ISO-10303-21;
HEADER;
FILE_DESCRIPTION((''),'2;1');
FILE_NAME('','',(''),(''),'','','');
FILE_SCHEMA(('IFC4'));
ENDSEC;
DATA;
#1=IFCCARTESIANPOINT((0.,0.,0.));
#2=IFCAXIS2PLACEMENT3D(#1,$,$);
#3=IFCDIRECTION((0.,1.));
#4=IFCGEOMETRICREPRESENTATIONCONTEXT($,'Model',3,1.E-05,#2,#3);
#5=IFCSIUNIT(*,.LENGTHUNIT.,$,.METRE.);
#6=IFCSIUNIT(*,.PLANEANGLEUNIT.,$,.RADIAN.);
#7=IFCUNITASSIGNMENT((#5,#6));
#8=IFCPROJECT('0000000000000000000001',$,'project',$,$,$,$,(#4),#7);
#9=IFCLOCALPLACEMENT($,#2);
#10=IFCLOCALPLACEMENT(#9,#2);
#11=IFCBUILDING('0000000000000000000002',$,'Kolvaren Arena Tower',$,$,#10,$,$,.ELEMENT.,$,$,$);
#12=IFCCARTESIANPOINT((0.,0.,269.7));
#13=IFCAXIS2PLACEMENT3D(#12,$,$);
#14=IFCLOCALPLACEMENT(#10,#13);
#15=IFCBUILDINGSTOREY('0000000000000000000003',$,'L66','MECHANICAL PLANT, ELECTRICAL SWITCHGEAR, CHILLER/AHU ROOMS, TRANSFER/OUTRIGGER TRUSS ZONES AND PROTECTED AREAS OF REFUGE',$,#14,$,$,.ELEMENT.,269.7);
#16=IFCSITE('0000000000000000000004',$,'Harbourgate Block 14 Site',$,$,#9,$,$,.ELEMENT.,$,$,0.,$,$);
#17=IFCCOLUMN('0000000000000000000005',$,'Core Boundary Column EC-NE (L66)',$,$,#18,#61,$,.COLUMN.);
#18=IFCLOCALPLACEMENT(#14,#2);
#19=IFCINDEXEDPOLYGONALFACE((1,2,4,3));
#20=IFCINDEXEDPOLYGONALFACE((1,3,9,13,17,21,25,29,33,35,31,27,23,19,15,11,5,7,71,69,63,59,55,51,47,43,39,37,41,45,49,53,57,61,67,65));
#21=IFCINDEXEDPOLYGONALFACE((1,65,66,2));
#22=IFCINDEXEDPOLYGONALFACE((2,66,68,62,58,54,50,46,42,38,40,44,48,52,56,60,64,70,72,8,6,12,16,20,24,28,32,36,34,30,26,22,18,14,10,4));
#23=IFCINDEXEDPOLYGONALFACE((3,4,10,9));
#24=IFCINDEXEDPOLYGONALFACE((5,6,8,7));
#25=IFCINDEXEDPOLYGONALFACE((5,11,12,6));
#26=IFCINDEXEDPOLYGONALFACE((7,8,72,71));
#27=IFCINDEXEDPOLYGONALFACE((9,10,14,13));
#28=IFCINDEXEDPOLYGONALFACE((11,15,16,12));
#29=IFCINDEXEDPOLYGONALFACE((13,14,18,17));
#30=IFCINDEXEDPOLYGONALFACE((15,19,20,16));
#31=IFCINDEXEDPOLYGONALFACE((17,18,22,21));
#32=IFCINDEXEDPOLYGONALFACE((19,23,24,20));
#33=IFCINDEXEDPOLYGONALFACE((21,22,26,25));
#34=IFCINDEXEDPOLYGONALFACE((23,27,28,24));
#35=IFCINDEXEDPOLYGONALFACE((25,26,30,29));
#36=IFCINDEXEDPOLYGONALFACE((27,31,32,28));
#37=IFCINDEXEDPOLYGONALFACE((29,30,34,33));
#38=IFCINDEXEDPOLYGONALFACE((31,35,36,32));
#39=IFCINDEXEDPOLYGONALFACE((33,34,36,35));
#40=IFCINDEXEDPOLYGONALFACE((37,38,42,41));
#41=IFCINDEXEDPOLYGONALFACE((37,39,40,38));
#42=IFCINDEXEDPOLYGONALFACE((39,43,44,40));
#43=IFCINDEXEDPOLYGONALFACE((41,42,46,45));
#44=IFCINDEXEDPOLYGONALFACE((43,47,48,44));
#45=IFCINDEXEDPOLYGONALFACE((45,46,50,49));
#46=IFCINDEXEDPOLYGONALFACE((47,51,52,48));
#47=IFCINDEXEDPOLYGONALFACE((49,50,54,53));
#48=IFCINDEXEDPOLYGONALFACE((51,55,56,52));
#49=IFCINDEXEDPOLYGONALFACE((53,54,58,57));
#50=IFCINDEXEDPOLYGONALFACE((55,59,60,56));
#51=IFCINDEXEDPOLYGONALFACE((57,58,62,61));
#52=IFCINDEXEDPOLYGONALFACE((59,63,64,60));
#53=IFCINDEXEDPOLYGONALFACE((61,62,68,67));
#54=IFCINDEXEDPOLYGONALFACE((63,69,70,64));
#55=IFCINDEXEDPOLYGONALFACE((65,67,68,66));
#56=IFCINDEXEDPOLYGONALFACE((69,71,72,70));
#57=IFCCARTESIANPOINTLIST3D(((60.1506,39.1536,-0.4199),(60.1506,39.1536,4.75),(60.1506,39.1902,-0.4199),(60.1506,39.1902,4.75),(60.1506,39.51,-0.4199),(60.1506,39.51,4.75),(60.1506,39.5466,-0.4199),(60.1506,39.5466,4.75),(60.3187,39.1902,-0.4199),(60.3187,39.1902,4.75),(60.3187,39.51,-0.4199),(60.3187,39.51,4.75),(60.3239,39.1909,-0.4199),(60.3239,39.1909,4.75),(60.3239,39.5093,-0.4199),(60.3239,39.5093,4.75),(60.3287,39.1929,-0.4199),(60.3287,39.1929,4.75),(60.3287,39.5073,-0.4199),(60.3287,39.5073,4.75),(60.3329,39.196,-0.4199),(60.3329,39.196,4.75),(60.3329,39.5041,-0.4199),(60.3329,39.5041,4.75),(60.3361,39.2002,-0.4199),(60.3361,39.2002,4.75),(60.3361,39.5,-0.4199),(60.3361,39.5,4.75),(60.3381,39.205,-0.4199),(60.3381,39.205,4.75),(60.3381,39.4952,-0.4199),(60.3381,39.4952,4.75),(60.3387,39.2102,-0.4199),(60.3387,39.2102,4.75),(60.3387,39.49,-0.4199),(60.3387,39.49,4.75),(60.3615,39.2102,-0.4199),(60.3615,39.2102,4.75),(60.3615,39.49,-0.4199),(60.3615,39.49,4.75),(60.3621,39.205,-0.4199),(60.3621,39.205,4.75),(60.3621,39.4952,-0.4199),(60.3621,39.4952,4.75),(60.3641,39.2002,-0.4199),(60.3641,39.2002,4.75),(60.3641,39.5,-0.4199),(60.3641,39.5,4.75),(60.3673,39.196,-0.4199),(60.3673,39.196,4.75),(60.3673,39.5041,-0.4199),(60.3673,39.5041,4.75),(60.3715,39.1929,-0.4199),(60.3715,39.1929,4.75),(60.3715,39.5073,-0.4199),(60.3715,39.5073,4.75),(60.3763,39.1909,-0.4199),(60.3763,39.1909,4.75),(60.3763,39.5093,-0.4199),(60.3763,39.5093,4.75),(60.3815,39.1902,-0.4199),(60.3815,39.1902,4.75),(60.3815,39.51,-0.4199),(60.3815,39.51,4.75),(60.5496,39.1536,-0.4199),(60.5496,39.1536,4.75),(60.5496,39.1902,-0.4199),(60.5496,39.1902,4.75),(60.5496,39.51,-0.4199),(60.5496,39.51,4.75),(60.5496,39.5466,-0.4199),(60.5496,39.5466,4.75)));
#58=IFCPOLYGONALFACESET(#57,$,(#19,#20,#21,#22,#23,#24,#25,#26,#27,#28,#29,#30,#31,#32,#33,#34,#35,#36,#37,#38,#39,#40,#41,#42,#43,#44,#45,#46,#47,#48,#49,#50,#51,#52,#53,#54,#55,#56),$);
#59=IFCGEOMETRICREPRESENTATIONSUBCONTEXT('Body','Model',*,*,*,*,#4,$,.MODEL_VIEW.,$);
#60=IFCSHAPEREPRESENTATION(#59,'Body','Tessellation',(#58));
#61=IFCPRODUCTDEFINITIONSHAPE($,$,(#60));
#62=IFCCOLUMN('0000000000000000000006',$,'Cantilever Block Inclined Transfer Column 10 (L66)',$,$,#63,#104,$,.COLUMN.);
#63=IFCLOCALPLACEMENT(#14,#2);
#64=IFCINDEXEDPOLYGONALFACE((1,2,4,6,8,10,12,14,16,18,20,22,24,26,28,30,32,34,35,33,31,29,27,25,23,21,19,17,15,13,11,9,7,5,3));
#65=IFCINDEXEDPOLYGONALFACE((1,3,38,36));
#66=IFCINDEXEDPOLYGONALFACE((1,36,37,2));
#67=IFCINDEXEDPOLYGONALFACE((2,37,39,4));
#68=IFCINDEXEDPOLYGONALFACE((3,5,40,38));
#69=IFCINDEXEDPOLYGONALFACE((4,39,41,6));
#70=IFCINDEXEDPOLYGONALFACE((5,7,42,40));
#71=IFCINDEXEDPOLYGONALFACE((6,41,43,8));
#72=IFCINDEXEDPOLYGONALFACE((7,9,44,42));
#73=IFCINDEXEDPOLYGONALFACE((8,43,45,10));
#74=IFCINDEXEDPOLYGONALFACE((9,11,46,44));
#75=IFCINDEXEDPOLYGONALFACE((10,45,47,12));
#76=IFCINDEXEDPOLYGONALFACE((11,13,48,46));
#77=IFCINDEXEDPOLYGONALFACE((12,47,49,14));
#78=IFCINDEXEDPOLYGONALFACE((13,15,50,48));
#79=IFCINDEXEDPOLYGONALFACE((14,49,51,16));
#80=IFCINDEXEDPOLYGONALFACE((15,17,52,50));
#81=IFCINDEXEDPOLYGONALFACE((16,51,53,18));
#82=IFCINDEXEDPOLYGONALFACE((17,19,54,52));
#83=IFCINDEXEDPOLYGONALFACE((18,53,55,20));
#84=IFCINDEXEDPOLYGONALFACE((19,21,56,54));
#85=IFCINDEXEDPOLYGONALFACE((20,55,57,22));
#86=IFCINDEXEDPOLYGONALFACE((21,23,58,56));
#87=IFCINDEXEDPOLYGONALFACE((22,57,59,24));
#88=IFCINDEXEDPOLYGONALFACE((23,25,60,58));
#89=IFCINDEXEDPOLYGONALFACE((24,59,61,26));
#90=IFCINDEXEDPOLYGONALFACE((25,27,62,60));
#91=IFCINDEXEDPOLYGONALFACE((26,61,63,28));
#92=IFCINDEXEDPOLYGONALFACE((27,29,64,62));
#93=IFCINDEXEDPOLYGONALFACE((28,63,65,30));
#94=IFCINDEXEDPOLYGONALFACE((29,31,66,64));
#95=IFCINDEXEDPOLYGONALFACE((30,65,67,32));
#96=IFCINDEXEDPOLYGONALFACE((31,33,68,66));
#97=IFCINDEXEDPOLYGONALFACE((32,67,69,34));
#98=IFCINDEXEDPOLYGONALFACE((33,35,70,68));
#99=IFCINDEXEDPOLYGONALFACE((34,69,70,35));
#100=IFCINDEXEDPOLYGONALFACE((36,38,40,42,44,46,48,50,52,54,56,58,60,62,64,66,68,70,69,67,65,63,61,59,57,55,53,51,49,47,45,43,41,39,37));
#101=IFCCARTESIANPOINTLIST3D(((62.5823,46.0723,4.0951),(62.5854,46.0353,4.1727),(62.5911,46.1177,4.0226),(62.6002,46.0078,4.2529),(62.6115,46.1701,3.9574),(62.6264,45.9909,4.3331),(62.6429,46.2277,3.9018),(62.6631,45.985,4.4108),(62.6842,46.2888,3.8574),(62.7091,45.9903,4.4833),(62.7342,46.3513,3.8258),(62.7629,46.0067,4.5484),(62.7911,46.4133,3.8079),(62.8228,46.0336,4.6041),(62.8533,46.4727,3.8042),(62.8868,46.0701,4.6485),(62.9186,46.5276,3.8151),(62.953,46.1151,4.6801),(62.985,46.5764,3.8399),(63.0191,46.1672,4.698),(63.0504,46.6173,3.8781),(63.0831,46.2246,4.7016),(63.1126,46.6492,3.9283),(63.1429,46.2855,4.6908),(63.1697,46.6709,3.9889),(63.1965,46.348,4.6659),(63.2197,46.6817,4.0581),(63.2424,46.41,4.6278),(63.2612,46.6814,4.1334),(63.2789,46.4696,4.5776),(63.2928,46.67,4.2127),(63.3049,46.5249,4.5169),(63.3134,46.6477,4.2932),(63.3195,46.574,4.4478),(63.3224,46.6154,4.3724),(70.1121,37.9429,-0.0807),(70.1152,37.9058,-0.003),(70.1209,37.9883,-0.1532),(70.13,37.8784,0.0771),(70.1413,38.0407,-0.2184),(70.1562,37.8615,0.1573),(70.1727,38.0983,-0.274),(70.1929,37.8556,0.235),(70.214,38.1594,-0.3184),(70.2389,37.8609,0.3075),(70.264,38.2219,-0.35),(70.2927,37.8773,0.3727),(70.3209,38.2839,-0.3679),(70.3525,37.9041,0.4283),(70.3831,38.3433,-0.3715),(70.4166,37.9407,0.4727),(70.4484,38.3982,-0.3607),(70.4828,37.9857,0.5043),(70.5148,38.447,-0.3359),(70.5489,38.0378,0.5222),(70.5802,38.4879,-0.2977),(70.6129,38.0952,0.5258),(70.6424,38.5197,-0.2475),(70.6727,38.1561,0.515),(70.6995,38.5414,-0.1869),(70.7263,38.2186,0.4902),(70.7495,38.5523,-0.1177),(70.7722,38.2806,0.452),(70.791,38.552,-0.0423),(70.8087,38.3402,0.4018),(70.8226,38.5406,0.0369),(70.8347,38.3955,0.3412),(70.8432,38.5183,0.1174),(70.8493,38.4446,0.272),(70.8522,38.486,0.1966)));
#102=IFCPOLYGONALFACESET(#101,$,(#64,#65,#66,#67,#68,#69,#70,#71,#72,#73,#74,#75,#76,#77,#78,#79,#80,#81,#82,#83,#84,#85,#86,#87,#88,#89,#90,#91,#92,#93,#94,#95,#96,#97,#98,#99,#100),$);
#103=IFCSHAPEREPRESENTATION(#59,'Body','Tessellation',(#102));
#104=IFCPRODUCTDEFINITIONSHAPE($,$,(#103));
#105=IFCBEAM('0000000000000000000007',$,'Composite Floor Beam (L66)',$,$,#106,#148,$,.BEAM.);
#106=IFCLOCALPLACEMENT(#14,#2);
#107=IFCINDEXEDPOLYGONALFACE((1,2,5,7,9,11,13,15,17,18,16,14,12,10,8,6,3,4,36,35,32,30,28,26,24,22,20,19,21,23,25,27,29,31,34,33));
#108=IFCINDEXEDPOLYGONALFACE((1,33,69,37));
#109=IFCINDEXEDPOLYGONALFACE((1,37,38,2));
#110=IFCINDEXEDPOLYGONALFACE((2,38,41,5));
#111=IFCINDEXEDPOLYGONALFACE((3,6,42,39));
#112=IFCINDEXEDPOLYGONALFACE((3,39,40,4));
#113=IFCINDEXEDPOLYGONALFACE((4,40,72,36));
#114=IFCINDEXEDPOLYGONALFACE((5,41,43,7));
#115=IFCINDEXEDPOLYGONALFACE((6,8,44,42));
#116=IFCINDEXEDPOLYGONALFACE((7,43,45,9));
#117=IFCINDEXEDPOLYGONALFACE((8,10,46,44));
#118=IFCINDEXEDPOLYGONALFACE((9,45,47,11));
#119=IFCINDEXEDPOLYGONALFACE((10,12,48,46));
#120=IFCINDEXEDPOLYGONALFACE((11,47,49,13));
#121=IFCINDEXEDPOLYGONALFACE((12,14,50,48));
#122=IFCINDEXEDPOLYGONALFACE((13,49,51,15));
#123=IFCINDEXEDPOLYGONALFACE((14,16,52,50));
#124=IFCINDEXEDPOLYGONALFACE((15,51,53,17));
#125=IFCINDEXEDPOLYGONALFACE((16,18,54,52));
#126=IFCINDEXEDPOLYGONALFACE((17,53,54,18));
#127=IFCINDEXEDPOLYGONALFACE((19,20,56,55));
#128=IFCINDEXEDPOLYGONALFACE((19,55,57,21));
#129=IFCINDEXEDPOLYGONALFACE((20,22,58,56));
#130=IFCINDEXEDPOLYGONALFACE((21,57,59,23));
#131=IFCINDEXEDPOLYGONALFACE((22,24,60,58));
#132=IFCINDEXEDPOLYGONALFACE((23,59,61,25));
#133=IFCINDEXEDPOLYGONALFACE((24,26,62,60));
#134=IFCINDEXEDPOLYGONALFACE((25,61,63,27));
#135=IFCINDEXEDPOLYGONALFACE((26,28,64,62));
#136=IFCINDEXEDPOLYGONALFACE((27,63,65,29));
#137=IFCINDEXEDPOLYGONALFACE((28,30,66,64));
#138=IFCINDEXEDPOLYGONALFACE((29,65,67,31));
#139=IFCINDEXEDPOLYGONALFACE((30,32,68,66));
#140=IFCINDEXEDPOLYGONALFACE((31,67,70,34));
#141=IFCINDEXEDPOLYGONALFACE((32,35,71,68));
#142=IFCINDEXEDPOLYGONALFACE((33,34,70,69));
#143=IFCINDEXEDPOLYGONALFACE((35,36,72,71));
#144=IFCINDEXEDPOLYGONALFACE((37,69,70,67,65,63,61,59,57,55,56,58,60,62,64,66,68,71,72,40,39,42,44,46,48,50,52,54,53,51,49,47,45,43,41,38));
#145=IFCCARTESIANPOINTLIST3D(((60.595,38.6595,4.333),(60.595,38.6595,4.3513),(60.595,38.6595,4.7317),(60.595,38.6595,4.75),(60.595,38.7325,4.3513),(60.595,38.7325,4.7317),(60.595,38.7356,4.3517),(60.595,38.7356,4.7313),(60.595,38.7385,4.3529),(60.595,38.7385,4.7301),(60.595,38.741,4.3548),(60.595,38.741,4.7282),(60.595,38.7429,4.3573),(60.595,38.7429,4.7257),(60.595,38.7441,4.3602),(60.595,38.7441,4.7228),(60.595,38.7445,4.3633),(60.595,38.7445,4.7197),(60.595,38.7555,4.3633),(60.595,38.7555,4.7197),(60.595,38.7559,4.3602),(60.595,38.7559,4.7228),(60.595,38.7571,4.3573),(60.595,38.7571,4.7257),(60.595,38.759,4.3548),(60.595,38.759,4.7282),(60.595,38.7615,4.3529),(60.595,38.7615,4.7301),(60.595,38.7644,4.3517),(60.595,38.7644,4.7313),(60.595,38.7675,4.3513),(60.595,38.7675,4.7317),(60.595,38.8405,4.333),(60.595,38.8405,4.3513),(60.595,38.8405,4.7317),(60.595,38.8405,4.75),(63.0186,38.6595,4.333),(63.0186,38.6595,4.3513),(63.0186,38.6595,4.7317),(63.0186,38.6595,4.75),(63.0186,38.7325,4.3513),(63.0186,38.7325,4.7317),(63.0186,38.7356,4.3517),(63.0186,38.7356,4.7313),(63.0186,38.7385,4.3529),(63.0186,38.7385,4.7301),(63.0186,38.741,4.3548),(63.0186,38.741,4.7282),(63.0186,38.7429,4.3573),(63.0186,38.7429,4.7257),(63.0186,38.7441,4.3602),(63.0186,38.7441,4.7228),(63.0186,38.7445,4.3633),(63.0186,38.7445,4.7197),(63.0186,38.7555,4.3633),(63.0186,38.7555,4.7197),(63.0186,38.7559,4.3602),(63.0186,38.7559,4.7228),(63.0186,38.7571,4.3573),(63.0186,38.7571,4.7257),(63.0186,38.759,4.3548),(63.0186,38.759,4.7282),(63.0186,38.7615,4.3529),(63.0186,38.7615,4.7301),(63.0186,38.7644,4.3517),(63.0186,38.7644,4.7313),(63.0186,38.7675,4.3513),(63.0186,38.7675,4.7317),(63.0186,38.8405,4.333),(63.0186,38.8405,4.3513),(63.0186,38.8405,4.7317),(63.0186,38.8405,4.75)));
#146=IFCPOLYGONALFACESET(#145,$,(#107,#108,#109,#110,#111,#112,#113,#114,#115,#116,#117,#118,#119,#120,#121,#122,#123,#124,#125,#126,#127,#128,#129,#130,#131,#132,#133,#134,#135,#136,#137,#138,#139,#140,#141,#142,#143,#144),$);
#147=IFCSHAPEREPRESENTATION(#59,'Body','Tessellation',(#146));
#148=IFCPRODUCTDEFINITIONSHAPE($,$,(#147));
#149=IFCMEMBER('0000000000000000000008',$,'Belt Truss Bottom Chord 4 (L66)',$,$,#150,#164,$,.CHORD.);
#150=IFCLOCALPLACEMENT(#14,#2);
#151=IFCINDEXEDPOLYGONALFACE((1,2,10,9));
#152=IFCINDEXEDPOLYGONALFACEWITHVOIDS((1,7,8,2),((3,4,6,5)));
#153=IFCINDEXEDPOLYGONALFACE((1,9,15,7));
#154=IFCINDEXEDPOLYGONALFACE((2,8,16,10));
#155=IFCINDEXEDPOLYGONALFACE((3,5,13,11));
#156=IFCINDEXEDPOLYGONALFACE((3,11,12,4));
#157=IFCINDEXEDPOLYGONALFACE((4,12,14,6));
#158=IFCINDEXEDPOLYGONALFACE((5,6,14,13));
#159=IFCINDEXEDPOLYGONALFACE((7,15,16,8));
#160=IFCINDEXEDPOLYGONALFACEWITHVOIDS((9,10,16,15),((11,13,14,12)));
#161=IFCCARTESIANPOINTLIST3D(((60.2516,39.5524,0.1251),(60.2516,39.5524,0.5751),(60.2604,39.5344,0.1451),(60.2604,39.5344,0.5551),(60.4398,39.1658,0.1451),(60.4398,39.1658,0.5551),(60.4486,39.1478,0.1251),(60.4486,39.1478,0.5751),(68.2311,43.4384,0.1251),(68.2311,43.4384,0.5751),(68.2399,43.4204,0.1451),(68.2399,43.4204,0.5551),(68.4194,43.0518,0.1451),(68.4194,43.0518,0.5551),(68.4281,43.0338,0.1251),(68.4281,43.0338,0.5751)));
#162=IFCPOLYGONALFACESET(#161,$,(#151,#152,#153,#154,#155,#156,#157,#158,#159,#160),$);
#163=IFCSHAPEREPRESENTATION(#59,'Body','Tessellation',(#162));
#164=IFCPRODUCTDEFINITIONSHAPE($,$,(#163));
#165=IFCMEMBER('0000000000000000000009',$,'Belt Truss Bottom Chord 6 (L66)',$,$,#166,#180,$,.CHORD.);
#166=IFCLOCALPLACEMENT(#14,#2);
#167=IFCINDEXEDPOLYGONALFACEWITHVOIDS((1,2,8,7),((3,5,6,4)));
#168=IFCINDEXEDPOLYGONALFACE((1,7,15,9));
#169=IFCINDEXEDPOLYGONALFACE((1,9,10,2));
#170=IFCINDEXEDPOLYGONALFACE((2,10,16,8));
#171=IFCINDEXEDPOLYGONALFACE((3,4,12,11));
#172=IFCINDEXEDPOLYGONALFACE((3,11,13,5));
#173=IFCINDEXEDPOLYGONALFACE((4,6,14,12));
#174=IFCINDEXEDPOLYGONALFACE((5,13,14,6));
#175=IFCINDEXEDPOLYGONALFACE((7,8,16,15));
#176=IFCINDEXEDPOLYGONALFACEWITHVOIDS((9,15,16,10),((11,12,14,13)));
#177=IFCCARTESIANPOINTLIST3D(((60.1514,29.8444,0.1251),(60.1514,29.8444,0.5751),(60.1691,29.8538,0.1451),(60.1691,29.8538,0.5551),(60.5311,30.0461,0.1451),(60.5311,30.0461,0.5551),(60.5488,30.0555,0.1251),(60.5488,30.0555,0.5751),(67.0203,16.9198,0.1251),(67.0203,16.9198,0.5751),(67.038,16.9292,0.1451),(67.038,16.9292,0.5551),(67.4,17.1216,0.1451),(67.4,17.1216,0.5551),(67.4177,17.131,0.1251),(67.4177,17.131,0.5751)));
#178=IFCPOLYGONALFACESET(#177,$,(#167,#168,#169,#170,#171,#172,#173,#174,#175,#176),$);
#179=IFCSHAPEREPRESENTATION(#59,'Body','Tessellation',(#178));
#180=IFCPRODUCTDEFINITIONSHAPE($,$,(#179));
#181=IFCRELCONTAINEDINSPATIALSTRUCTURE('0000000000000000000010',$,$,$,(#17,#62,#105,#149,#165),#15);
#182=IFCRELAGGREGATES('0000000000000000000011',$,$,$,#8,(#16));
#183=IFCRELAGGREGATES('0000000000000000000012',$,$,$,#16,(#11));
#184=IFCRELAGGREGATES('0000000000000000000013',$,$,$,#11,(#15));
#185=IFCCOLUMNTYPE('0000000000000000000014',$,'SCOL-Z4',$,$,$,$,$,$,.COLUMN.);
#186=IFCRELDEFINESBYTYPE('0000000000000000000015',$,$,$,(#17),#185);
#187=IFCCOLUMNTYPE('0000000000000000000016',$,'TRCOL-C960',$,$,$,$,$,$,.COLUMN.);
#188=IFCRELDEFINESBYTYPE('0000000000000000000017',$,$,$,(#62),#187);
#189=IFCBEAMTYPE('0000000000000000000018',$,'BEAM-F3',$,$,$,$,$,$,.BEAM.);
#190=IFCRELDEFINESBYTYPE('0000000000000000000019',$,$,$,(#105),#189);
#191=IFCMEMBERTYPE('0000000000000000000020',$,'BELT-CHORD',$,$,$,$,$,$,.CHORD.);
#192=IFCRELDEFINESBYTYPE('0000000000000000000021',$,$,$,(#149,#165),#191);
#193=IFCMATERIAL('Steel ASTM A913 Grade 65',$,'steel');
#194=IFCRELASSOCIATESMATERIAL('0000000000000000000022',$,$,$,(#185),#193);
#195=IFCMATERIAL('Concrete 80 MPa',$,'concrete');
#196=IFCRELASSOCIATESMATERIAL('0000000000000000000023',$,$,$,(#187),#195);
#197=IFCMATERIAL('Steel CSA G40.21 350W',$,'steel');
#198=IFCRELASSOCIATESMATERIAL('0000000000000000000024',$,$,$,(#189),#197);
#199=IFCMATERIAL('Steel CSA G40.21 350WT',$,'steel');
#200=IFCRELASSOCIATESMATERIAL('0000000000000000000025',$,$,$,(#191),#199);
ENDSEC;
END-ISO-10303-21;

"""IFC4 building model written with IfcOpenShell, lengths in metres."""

from ifc_helpers import new_model, si_unit, direction, frame, origin, origin_2d, place, context, subcontext, project, spatial, hollow_rectangle, circle, i_section, extrude, material, material_profile, profile_set, type_object, element, save


model = new_model("IFC4")

# Units and contexts
model_context = context("Model", 3, precision=1e-05, world=origin(), true_north=direction((0.0, 1.0)))
body_context = subcontext(model_context, "Body", "Model", "MODEL_VIEW")
ifc_project = project(units=[si_unit("LENGTHUNIT", "METRE"), si_unit("PLANEANGLEUNIT", "RADIAN")], contexts=[model_context])

# Site, building, storey
site_placement = place(None, origin())
site = spatial("IfcSite", under=ifc_project, at=site_placement, Name="Harbourgate Block 14 Site", CompositionType="ELEMENT", RefElevation=0.0)
building_placement = place(site_placement, origin())
building = spatial("IfcBuilding", under=site, at=building_placement, Name="Kolvaren Arena Tower", CompositionType="ELEMENT")
storey_placement = place(building_placement, frame((0.0, 0.0, 269.7)))
storey = spatial("IfcBuildingStorey", under=building, at=storey_placement, Name="L66", Description="MECHANICAL PLANT, ELECTRICAL SWITCHGEAR, CHILLER/AHU ROOMS, TRANSFER/OUTRIGGER TRUSS ZONES AND PROTECTED AREAS OF REFUGE", CompositionType="ELEMENT", Elevation=269.7)

# Columns
ifc_material_1 = material(Name="Steel ASTM A913 Grade 65", Category="steel")
ifc_material_profile_1 = material_profile(ifc_material_1, i_section(OverallWidth=0.3989, OverallDepth=0.3931, WebThickness=0.0227, FlangeThickness=0.0366, FilletRadius=0.02, at=origin_2d()), Name="W360x287")
ifc_profile_set_1 = profile_set([ifc_material_profile_1], Name="Steel ASTM A913 Grade 65")
column_type_1 = type_object("IfcColumnType", Name="SCOL-Z4", PredefinedType="COLUMN", material=ifc_profile_set_1)
column_1_placement = place(storey_placement, frame((60.3501, 39.3501, -0.4199), z_axis=(0.0, 0.0, 1.0), x_axis=(1.0, 0.0, 0.0)))
element("IfcColumn", 1, at=column_1_placement, inside=storey, type_object=column_type_1, Name="Core Boundary Column EC-NE (L66)", PredefinedType="COLUMN", context=body_context, shape_type="SweptSolid", body=[
    extrude(i_section(OverallWidth=0.3989, OverallDepth=0.3931, WebThickness=0.0227, FlangeThickness=0.0366, FilletRadius=0.02, at=origin_2d()), origin(), (0.0, 0.0, 1.0), 5.1699),
])
ifc_material_2 = material(Name="Concrete 80 MPa", Category="concrete")
ifc_material_profile_2 = material_profile(ifc_material_2, circle(Radius=0.48, at=origin_2d()), Name="RC-CIRC-960")
ifc_profile_set_2 = profile_set([ifc_material_profile_2], Name="Concrete 80 MPa")
column_type_2 = type_object("IfcColumnType", Name="TRCOL-C960", PredefinedType="COLUMN", material=ifc_profile_set_2)
column_2_placement = place(storey_placement, frame((70.4822, 38.2046, 0.0771), z_axis=(-0.635879, 0.686515, 0.352639), x_axis=(-0.733645, -0.679533, 0.0)))
element("IfcColumn", 2, at=column_2_placement, inside=storey, type_object=column_type_2, Name="Cantilever Block Inclined Transfer Column 10 (L66)", PredefinedType="COLUMN", context=body_context, shape_type="SweptSolid", body=[
    extrude(circle(Radius=0.48, at=origin_2d()), origin(), (0.0, 0.0, 1.0), 11.8416),
])

# Beam
ifc_material_3 = material(Name="Steel CSA G40.21 350W", Category="steel")
ifc_material_profile_3 = material_profile(ifc_material_3, i_section(OverallWidth=0.1809, OverallDepth=0.417, WebThickness=0.011, FlangeThickness=0.0183, FilletRadius=0.012, at=origin_2d()), Name="W410x85")
ifc_profile_set_3 = profile_set([ifc_material_profile_3], Name="Steel CSA G40.21 350W")
beam_type_1 = type_object("IfcBeamType", Name="BEAM-F3", PredefinedType="BEAM", material=ifc_profile_set_3)
beam_1_placement = place(storey_placement, frame((60.595, 38.75, 4.5415), z_axis=(1.0, 0.0, 0.0), x_axis=(0.0, 1.0, 0.0)))
element("IfcBeam", 3, at=beam_1_placement, inside=storey, type_object=beam_type_1, Name="Composite Floor Beam (L66)", PredefinedType="BEAM", context=body_context, shape_type="SweptSolid", body=[
    extrude(i_section(OverallWidth=0.1809, OverallDepth=0.417, WebThickness=0.011, FlangeThickness=0.0183, FilletRadius=0.012, at=origin_2d()), origin(), (0.0, 0.0, 1.0), 2.4236),
])

# Members
ifc_material_4 = material(Name="Steel CSA G40.21 350WT", Category="steel")
ifc_material_profile_4 = material_profile(ifc_material_4, hollow_rectangle(XDim=0.45, YDim=0.45, WallThickness=0.02, at=origin_2d()), Name="HSS 450x450x20")
ifc_profile_set_4 = profile_set([ifc_material_profile_4], Name="Steel CSA G40.21 350WT")
member_type_1 = type_object("IfcMemberType", Name="BELT-CHORD", PredefinedType="CHORD", material=ifc_profile_set_4)
member_1_placement = place(storey_placement, frame((60.3501, 39.3501, 0.3501), z_axis=(0.899055, 0.437837, 0.0), x_axis=(-0.437837, 0.899055, 0.0)))
element("IfcMember", 4, at=member_1_placement, inside=storey, type_object=member_type_1, Name="Belt Truss Bottom Chord 4 (L66)", PredefinedType="CHORD", context=body_context, shape_type="SweptSolid", body=[
    extrude(hollow_rectangle(XDim=0.45, YDim=0.45, WallThickness=0.02, at=origin_2d()), origin(), (0.0, 0.0, 1.0), 8.8755),
])
member_2_placement = place(storey_placement, frame((60.3501, 29.95, 0.3501), z_axis=(0.4693, -0.883039, 0.0), x_axis=(0.883039, 0.4693, 0.0)))
element("IfcMember", 5, at=member_2_placement, inside=storey, type_object=member_type_1, Name="Belt Truss Bottom Chord 6 (L66)", PredefinedType="CHORD", context=body_context, shape_type="SweptSolid", body=[
    extrude(hollow_rectangle(XDim=0.45, YDim=0.45, WallThickness=0.02, at=origin_2d()), origin(), (0.0, 0.0, 1.0), 14.6365),
])

save(model, "model.ifc")
